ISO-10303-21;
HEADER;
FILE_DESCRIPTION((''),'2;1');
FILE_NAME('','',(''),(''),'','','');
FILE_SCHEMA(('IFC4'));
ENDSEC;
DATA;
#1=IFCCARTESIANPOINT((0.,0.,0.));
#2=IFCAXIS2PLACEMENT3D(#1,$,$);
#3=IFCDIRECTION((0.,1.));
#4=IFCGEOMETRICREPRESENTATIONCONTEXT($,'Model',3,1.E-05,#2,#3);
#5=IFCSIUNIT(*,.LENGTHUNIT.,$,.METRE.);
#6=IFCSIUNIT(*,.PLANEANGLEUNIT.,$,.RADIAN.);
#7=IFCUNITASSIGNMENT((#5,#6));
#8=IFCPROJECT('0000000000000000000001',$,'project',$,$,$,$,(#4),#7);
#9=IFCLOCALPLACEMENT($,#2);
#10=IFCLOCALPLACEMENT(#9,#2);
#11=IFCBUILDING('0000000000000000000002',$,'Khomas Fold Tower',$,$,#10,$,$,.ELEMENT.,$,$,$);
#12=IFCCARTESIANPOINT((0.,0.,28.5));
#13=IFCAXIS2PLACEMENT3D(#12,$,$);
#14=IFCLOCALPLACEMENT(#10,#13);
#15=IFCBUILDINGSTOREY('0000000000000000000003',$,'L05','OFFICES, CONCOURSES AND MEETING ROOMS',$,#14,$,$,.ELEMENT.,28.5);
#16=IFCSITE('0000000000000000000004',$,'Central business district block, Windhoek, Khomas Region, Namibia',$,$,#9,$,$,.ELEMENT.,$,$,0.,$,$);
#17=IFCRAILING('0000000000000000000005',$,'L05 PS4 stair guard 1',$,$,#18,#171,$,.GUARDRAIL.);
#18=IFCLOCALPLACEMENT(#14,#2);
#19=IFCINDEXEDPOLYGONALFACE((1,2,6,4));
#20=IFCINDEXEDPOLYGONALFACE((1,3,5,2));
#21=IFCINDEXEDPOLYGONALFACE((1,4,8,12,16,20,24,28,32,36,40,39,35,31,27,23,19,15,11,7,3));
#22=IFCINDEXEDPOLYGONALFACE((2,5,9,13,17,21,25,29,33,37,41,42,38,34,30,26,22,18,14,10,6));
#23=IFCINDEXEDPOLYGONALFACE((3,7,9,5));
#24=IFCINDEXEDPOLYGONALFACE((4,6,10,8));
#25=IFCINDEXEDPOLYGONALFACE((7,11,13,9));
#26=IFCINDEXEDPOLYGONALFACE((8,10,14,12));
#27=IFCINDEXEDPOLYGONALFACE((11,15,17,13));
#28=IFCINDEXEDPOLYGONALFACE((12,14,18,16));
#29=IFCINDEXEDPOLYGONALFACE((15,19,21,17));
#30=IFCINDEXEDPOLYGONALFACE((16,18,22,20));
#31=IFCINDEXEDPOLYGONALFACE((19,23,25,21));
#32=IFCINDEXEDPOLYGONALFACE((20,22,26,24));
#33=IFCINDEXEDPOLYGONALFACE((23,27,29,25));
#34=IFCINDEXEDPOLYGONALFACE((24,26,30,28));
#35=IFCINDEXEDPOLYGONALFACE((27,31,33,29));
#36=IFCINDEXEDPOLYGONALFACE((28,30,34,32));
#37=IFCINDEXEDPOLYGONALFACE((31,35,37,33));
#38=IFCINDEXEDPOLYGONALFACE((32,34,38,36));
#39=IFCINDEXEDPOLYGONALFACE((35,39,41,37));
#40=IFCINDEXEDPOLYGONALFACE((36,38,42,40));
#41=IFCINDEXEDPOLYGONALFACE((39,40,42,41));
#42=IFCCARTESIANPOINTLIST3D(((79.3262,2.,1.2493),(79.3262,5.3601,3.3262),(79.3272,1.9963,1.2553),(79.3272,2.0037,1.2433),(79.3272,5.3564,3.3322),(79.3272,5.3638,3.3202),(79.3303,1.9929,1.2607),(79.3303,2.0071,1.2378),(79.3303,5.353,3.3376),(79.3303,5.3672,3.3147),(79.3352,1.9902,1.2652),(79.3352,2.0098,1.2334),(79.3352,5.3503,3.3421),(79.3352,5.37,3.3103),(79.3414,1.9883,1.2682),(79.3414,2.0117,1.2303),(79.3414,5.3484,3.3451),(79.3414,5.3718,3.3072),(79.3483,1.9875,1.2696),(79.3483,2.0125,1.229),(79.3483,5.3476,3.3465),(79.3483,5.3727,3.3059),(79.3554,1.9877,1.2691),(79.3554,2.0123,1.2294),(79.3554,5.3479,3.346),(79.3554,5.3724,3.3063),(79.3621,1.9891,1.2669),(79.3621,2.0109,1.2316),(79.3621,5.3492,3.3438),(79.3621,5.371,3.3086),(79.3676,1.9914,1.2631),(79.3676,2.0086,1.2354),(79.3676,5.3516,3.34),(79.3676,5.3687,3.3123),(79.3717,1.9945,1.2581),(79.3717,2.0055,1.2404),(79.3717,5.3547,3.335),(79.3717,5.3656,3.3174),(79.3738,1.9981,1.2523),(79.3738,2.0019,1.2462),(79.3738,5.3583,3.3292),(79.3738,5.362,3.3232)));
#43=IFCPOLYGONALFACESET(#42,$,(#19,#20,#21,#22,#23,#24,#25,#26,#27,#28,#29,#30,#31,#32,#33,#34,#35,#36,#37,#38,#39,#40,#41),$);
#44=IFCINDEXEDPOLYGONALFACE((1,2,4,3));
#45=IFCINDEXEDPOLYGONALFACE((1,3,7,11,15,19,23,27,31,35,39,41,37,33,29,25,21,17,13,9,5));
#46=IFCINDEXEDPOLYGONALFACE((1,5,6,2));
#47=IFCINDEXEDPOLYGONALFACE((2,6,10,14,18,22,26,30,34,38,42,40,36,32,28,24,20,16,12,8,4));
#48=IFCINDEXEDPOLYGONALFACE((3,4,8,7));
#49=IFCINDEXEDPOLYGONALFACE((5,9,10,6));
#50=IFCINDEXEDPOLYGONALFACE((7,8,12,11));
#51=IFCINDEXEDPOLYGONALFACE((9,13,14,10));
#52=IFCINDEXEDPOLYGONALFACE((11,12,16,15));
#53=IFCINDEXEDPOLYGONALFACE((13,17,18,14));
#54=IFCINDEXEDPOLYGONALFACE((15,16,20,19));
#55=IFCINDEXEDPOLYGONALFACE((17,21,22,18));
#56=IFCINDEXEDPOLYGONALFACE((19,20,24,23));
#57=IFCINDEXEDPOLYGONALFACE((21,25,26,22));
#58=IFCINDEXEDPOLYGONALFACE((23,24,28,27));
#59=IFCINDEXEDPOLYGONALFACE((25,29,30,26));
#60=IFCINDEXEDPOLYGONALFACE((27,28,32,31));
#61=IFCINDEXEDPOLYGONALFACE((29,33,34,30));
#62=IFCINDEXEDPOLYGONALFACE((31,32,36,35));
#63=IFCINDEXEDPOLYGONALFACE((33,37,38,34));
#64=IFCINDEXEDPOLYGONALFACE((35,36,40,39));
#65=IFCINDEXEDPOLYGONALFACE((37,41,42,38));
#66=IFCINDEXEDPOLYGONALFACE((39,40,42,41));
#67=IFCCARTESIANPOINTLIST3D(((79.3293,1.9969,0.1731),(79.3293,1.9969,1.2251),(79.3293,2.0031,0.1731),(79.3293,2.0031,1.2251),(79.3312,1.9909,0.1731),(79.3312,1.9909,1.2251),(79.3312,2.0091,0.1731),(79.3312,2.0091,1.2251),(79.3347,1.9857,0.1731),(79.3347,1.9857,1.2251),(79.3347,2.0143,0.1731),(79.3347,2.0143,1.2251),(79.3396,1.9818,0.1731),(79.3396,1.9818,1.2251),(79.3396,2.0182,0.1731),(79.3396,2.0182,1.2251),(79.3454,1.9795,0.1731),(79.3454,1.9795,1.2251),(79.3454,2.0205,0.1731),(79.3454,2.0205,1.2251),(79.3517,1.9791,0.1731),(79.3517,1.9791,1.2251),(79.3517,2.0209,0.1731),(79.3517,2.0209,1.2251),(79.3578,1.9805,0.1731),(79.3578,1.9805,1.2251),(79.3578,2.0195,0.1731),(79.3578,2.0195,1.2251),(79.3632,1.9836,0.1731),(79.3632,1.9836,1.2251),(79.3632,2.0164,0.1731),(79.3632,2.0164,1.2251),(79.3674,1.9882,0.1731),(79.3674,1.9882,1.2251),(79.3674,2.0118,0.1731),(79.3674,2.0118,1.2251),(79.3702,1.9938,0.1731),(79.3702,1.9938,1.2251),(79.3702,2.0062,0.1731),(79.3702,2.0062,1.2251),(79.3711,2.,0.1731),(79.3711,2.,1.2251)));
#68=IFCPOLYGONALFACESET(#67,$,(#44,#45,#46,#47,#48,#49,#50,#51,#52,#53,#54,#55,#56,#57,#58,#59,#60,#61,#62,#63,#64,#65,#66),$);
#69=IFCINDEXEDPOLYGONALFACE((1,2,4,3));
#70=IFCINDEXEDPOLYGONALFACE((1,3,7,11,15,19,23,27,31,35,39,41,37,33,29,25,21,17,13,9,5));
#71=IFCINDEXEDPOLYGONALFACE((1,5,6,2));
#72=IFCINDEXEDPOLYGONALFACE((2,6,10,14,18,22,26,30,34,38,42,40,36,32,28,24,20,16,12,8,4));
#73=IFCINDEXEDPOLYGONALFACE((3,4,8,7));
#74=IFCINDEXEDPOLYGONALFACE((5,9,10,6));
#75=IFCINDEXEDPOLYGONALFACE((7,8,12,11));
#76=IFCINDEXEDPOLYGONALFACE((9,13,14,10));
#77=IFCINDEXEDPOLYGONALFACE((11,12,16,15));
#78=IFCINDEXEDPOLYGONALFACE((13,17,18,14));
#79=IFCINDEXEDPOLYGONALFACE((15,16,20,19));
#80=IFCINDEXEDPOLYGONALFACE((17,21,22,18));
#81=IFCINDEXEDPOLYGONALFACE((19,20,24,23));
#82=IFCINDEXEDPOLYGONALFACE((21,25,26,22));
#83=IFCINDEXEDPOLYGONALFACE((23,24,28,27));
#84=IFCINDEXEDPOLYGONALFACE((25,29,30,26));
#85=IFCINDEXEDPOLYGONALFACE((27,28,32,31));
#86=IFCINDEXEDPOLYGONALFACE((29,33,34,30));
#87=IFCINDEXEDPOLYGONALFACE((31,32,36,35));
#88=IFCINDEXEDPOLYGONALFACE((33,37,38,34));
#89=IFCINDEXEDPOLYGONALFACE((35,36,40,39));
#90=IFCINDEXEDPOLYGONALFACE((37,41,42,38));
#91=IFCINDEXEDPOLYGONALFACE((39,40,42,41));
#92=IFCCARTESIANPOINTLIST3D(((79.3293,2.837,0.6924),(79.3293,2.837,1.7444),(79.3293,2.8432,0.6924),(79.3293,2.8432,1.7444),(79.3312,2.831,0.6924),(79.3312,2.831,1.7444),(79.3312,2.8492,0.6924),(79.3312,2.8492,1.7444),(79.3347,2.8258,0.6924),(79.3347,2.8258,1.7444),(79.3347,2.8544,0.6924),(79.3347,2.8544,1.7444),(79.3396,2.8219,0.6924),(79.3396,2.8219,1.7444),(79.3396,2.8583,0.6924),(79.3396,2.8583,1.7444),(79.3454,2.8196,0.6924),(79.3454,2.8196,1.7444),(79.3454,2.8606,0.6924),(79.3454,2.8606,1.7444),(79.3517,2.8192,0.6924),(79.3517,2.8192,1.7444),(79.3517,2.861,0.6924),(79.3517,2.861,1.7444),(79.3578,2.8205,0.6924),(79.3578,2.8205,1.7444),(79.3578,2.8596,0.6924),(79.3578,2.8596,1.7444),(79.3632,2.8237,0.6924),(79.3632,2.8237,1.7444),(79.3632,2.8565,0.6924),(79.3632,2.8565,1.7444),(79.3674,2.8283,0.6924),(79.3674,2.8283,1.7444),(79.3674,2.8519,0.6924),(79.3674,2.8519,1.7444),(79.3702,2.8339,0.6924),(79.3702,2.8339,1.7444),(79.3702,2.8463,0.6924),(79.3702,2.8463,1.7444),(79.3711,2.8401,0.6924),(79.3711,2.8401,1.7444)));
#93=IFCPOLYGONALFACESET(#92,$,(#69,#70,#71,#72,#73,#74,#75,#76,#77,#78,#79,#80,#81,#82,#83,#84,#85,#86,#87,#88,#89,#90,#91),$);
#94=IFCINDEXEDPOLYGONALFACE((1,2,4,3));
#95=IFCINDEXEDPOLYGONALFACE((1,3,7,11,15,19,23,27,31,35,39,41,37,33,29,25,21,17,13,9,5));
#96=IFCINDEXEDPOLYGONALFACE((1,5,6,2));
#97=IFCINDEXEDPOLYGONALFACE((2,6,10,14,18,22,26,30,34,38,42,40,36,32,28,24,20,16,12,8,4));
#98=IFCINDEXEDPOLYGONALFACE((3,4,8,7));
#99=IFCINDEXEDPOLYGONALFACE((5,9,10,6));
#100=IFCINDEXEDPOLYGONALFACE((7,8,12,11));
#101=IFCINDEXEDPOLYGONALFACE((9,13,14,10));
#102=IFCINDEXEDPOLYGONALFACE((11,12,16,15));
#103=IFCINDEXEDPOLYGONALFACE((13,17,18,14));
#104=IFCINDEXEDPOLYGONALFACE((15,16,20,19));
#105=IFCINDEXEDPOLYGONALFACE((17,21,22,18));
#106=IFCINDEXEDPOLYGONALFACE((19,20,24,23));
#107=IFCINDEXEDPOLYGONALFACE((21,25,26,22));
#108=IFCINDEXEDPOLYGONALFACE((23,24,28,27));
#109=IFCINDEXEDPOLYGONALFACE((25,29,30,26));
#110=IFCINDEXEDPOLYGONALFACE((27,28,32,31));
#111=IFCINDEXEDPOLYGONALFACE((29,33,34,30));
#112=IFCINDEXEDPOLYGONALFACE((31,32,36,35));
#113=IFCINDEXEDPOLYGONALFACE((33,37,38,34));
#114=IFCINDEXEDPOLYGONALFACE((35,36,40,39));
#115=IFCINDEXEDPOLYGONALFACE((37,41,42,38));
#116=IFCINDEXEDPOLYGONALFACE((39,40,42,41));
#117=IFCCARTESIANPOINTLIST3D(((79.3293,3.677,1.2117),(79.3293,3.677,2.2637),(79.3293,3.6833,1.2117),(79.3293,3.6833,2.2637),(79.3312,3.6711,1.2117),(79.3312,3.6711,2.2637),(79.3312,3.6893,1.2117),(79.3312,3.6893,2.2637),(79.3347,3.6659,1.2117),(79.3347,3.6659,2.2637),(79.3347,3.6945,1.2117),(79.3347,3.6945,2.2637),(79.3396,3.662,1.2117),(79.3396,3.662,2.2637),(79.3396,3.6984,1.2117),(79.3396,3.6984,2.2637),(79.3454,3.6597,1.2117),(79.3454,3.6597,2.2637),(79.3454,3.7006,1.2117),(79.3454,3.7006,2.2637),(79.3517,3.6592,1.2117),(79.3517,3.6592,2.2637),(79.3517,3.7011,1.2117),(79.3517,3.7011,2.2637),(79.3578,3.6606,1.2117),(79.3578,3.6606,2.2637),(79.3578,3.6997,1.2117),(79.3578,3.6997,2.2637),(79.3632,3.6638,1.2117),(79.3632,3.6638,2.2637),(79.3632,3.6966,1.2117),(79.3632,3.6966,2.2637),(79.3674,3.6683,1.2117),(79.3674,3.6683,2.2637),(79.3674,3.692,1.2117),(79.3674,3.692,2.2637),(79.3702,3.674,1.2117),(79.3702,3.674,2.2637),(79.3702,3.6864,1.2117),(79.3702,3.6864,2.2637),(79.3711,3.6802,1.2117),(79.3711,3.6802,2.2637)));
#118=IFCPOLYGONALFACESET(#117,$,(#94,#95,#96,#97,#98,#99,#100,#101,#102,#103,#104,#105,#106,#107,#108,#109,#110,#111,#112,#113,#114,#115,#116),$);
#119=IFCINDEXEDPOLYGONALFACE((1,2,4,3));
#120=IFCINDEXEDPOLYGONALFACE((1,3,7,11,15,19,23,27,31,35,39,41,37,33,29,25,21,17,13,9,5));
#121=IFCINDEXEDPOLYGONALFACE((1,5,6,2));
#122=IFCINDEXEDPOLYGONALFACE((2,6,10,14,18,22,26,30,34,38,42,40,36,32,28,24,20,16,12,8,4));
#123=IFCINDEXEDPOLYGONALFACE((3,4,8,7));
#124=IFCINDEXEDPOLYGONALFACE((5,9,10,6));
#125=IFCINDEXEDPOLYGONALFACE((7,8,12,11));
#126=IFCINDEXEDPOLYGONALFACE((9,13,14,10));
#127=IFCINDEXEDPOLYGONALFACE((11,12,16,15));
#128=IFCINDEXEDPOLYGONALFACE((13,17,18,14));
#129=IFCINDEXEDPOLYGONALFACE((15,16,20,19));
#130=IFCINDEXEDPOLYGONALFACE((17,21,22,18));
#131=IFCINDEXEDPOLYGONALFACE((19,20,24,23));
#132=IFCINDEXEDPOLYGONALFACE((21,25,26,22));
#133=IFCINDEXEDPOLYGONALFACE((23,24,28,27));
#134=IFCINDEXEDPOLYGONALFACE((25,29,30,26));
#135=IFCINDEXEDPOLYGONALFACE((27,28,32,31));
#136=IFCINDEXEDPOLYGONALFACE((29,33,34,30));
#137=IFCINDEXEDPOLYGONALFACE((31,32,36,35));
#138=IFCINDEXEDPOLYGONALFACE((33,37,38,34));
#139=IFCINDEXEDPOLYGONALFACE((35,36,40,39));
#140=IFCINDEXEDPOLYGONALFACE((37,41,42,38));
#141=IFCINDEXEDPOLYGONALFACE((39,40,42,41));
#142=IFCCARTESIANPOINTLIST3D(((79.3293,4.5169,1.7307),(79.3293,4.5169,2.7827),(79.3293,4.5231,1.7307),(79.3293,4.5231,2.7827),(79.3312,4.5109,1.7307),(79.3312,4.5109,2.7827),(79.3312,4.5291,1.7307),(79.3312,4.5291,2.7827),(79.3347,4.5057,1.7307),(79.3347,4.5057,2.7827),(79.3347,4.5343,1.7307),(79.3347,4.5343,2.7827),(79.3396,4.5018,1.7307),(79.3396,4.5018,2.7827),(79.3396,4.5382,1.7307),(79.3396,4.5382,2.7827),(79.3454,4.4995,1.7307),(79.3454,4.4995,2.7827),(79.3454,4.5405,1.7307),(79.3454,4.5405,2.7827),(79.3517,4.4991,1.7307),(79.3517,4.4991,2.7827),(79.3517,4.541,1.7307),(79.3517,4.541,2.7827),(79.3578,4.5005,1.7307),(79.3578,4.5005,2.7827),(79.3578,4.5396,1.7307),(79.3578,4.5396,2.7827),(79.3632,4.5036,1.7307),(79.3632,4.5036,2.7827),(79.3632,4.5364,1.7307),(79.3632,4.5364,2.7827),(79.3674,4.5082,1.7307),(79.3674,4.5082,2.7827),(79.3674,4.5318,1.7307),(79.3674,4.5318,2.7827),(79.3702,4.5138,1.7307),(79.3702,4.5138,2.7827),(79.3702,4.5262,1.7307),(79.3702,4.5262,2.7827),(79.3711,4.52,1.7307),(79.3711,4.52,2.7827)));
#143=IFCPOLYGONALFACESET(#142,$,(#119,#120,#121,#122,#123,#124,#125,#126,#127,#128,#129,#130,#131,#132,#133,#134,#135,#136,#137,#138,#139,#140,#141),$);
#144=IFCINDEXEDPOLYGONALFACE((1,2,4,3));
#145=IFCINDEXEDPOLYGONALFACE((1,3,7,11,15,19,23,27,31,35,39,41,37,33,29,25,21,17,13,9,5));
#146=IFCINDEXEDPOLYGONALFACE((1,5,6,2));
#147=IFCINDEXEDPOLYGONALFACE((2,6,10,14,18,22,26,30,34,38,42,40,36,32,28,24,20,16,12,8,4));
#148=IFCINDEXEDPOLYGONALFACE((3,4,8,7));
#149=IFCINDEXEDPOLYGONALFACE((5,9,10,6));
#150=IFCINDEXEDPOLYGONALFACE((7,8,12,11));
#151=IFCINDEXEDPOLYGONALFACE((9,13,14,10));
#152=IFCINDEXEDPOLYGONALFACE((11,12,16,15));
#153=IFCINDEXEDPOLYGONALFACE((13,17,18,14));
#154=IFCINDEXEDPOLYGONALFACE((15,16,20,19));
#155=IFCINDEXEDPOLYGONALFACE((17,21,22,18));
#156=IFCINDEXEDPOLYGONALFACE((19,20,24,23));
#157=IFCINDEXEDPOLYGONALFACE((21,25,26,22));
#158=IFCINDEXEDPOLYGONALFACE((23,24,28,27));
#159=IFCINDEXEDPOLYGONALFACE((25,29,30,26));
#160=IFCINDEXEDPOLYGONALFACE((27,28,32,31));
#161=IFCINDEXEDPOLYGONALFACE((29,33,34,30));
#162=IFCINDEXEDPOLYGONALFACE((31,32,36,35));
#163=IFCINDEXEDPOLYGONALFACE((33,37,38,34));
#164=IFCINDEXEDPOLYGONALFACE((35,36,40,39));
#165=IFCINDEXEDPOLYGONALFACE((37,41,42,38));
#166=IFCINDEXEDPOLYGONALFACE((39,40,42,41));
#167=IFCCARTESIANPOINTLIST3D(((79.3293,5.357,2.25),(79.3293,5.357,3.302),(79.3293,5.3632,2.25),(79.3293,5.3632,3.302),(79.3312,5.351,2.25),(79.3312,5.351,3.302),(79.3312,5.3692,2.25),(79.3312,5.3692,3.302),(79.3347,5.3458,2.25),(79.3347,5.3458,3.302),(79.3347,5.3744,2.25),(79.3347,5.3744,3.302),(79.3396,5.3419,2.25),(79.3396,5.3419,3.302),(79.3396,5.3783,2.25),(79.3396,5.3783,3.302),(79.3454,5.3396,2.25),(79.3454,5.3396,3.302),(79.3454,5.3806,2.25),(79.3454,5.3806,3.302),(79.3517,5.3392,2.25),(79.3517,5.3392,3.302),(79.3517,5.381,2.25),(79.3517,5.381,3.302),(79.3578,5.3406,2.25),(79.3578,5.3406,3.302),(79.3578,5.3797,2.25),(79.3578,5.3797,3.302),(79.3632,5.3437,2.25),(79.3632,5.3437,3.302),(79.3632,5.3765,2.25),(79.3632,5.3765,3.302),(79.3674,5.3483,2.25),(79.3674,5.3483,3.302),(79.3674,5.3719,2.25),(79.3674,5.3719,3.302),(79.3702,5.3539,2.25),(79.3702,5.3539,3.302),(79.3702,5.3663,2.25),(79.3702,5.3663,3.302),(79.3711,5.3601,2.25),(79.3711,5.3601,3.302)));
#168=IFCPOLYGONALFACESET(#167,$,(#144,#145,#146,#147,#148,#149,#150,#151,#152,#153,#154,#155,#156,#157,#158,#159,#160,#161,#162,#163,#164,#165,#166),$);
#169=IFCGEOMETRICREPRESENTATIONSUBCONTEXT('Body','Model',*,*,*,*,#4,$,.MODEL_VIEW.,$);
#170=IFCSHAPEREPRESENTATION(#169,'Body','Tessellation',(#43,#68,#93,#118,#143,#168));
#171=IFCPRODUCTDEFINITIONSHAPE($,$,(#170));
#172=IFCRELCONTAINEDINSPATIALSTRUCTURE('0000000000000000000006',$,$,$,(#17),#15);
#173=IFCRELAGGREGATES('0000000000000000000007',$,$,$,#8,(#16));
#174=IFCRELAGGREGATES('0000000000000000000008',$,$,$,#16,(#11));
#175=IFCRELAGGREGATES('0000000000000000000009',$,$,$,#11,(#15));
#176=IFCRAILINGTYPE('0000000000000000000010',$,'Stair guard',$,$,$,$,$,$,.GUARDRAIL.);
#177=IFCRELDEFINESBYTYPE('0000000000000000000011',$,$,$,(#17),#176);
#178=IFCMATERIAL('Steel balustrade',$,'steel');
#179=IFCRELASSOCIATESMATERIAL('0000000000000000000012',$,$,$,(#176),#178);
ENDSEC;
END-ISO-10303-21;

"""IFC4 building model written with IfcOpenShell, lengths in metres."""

from ifc_helpers import new_model, si_unit, direction, frame, origin, origin_2d, place, context, subcontext, project, spatial, circle, extrude, source, transform, mapped, material, type_object, element, save


model = new_model("IFC4")

# Units and contexts
model_context = context("Model", 3, precision=1e-05, world=origin(), true_north=direction((0.0, 1.0)))
body_context = subcontext(model_context, "Body", "Model", "MODEL_VIEW")
ifc_project = project(units=[si_unit("LENGTHUNIT", "METRE"), si_unit("PLANEANGLEUNIT", "RADIAN")], contexts=[model_context])

# Site, building, storey
site_placement = place(None, origin())
site = spatial("IfcSite", under=ifc_project, at=site_placement, Name="Central business district block, Windhoek, Khomas Region, Namibia", CompositionType="ELEMENT", RefElevation=0.0)
building_placement = place(site_placement, origin())
building = spatial("IfcBuilding", under=site, at=building_placement, Name="Khomas Fold Tower", CompositionType="ELEMENT")
storey_placement = place(building_placement, frame((0.0, 0.0, 28.5)))
storey = spatial("IfcBuildingStorey", under=building, at=storey_placement, Name="L05", Description="OFFICES, CONCOURSES AND MEETING ROOMS", CompositionType="ELEMENT", Elevation=28.5)

# Railing
ifc_material_1 = material(Name="Steel balustrade", Category="steel")
railing_type_1 = type_object("IfcRailingType", Name="Stair guard", PredefinedType="GUARDRAIL", material=ifc_material_1)
shared_shape_1 = source(origin(), body_context, "Body", "SweptSolid", [
    extrude(circle(Radius=0.0239, at=origin_2d()), frame((0.0, 0.0, 1.0762), z_axis=(0.0, 0.850623, 0.525776), x_axis=(-1.0, 0.0, 0.0)), (0.0, 0.0, 1.0), 3.9502),
    extrude(circle(Radius=0.021, at=origin_2d()), origin(), (0.0, 0.0, 1.0), 1.052),
    extrude(circle(Radius=0.021, at=origin_2d()), frame((0.0, 0.8401, 0.5193)), (0.0, 0.0, 1.0), 1.052),
    extrude(circle(Radius=0.021, at=origin_2d()), frame((0.0, 1.6802, 1.0386)), (0.0, 0.0, 1.0), 1.052),
    extrude(circle(Radius=0.021, at=origin_2d()), frame((0.0, 2.52, 1.5576)), (0.0, 0.0, 1.0), 1.052),
    extrude(circle(Radius=0.021, at=origin_2d()), frame((0.0, 3.3601, 2.0769)), (0.0, 0.0, 1.0), 1.052),
])
railing_1_placement = place(storey_placement, frame((79.3501, 2.0, 0.1731)))
element("IfcRailing", 1, at=railing_1_placement, inside=storey, type_object=railing_type_1, Name="L05 PS4 stair guard 1", PredefinedType="GUARDRAIL", context=body_context, shape_type="MappedRepresentation", body=[
    mapped(shared_shape_1, transform((0.0, 0.0, 0.0))),
])

save(model, "model.ifc")
